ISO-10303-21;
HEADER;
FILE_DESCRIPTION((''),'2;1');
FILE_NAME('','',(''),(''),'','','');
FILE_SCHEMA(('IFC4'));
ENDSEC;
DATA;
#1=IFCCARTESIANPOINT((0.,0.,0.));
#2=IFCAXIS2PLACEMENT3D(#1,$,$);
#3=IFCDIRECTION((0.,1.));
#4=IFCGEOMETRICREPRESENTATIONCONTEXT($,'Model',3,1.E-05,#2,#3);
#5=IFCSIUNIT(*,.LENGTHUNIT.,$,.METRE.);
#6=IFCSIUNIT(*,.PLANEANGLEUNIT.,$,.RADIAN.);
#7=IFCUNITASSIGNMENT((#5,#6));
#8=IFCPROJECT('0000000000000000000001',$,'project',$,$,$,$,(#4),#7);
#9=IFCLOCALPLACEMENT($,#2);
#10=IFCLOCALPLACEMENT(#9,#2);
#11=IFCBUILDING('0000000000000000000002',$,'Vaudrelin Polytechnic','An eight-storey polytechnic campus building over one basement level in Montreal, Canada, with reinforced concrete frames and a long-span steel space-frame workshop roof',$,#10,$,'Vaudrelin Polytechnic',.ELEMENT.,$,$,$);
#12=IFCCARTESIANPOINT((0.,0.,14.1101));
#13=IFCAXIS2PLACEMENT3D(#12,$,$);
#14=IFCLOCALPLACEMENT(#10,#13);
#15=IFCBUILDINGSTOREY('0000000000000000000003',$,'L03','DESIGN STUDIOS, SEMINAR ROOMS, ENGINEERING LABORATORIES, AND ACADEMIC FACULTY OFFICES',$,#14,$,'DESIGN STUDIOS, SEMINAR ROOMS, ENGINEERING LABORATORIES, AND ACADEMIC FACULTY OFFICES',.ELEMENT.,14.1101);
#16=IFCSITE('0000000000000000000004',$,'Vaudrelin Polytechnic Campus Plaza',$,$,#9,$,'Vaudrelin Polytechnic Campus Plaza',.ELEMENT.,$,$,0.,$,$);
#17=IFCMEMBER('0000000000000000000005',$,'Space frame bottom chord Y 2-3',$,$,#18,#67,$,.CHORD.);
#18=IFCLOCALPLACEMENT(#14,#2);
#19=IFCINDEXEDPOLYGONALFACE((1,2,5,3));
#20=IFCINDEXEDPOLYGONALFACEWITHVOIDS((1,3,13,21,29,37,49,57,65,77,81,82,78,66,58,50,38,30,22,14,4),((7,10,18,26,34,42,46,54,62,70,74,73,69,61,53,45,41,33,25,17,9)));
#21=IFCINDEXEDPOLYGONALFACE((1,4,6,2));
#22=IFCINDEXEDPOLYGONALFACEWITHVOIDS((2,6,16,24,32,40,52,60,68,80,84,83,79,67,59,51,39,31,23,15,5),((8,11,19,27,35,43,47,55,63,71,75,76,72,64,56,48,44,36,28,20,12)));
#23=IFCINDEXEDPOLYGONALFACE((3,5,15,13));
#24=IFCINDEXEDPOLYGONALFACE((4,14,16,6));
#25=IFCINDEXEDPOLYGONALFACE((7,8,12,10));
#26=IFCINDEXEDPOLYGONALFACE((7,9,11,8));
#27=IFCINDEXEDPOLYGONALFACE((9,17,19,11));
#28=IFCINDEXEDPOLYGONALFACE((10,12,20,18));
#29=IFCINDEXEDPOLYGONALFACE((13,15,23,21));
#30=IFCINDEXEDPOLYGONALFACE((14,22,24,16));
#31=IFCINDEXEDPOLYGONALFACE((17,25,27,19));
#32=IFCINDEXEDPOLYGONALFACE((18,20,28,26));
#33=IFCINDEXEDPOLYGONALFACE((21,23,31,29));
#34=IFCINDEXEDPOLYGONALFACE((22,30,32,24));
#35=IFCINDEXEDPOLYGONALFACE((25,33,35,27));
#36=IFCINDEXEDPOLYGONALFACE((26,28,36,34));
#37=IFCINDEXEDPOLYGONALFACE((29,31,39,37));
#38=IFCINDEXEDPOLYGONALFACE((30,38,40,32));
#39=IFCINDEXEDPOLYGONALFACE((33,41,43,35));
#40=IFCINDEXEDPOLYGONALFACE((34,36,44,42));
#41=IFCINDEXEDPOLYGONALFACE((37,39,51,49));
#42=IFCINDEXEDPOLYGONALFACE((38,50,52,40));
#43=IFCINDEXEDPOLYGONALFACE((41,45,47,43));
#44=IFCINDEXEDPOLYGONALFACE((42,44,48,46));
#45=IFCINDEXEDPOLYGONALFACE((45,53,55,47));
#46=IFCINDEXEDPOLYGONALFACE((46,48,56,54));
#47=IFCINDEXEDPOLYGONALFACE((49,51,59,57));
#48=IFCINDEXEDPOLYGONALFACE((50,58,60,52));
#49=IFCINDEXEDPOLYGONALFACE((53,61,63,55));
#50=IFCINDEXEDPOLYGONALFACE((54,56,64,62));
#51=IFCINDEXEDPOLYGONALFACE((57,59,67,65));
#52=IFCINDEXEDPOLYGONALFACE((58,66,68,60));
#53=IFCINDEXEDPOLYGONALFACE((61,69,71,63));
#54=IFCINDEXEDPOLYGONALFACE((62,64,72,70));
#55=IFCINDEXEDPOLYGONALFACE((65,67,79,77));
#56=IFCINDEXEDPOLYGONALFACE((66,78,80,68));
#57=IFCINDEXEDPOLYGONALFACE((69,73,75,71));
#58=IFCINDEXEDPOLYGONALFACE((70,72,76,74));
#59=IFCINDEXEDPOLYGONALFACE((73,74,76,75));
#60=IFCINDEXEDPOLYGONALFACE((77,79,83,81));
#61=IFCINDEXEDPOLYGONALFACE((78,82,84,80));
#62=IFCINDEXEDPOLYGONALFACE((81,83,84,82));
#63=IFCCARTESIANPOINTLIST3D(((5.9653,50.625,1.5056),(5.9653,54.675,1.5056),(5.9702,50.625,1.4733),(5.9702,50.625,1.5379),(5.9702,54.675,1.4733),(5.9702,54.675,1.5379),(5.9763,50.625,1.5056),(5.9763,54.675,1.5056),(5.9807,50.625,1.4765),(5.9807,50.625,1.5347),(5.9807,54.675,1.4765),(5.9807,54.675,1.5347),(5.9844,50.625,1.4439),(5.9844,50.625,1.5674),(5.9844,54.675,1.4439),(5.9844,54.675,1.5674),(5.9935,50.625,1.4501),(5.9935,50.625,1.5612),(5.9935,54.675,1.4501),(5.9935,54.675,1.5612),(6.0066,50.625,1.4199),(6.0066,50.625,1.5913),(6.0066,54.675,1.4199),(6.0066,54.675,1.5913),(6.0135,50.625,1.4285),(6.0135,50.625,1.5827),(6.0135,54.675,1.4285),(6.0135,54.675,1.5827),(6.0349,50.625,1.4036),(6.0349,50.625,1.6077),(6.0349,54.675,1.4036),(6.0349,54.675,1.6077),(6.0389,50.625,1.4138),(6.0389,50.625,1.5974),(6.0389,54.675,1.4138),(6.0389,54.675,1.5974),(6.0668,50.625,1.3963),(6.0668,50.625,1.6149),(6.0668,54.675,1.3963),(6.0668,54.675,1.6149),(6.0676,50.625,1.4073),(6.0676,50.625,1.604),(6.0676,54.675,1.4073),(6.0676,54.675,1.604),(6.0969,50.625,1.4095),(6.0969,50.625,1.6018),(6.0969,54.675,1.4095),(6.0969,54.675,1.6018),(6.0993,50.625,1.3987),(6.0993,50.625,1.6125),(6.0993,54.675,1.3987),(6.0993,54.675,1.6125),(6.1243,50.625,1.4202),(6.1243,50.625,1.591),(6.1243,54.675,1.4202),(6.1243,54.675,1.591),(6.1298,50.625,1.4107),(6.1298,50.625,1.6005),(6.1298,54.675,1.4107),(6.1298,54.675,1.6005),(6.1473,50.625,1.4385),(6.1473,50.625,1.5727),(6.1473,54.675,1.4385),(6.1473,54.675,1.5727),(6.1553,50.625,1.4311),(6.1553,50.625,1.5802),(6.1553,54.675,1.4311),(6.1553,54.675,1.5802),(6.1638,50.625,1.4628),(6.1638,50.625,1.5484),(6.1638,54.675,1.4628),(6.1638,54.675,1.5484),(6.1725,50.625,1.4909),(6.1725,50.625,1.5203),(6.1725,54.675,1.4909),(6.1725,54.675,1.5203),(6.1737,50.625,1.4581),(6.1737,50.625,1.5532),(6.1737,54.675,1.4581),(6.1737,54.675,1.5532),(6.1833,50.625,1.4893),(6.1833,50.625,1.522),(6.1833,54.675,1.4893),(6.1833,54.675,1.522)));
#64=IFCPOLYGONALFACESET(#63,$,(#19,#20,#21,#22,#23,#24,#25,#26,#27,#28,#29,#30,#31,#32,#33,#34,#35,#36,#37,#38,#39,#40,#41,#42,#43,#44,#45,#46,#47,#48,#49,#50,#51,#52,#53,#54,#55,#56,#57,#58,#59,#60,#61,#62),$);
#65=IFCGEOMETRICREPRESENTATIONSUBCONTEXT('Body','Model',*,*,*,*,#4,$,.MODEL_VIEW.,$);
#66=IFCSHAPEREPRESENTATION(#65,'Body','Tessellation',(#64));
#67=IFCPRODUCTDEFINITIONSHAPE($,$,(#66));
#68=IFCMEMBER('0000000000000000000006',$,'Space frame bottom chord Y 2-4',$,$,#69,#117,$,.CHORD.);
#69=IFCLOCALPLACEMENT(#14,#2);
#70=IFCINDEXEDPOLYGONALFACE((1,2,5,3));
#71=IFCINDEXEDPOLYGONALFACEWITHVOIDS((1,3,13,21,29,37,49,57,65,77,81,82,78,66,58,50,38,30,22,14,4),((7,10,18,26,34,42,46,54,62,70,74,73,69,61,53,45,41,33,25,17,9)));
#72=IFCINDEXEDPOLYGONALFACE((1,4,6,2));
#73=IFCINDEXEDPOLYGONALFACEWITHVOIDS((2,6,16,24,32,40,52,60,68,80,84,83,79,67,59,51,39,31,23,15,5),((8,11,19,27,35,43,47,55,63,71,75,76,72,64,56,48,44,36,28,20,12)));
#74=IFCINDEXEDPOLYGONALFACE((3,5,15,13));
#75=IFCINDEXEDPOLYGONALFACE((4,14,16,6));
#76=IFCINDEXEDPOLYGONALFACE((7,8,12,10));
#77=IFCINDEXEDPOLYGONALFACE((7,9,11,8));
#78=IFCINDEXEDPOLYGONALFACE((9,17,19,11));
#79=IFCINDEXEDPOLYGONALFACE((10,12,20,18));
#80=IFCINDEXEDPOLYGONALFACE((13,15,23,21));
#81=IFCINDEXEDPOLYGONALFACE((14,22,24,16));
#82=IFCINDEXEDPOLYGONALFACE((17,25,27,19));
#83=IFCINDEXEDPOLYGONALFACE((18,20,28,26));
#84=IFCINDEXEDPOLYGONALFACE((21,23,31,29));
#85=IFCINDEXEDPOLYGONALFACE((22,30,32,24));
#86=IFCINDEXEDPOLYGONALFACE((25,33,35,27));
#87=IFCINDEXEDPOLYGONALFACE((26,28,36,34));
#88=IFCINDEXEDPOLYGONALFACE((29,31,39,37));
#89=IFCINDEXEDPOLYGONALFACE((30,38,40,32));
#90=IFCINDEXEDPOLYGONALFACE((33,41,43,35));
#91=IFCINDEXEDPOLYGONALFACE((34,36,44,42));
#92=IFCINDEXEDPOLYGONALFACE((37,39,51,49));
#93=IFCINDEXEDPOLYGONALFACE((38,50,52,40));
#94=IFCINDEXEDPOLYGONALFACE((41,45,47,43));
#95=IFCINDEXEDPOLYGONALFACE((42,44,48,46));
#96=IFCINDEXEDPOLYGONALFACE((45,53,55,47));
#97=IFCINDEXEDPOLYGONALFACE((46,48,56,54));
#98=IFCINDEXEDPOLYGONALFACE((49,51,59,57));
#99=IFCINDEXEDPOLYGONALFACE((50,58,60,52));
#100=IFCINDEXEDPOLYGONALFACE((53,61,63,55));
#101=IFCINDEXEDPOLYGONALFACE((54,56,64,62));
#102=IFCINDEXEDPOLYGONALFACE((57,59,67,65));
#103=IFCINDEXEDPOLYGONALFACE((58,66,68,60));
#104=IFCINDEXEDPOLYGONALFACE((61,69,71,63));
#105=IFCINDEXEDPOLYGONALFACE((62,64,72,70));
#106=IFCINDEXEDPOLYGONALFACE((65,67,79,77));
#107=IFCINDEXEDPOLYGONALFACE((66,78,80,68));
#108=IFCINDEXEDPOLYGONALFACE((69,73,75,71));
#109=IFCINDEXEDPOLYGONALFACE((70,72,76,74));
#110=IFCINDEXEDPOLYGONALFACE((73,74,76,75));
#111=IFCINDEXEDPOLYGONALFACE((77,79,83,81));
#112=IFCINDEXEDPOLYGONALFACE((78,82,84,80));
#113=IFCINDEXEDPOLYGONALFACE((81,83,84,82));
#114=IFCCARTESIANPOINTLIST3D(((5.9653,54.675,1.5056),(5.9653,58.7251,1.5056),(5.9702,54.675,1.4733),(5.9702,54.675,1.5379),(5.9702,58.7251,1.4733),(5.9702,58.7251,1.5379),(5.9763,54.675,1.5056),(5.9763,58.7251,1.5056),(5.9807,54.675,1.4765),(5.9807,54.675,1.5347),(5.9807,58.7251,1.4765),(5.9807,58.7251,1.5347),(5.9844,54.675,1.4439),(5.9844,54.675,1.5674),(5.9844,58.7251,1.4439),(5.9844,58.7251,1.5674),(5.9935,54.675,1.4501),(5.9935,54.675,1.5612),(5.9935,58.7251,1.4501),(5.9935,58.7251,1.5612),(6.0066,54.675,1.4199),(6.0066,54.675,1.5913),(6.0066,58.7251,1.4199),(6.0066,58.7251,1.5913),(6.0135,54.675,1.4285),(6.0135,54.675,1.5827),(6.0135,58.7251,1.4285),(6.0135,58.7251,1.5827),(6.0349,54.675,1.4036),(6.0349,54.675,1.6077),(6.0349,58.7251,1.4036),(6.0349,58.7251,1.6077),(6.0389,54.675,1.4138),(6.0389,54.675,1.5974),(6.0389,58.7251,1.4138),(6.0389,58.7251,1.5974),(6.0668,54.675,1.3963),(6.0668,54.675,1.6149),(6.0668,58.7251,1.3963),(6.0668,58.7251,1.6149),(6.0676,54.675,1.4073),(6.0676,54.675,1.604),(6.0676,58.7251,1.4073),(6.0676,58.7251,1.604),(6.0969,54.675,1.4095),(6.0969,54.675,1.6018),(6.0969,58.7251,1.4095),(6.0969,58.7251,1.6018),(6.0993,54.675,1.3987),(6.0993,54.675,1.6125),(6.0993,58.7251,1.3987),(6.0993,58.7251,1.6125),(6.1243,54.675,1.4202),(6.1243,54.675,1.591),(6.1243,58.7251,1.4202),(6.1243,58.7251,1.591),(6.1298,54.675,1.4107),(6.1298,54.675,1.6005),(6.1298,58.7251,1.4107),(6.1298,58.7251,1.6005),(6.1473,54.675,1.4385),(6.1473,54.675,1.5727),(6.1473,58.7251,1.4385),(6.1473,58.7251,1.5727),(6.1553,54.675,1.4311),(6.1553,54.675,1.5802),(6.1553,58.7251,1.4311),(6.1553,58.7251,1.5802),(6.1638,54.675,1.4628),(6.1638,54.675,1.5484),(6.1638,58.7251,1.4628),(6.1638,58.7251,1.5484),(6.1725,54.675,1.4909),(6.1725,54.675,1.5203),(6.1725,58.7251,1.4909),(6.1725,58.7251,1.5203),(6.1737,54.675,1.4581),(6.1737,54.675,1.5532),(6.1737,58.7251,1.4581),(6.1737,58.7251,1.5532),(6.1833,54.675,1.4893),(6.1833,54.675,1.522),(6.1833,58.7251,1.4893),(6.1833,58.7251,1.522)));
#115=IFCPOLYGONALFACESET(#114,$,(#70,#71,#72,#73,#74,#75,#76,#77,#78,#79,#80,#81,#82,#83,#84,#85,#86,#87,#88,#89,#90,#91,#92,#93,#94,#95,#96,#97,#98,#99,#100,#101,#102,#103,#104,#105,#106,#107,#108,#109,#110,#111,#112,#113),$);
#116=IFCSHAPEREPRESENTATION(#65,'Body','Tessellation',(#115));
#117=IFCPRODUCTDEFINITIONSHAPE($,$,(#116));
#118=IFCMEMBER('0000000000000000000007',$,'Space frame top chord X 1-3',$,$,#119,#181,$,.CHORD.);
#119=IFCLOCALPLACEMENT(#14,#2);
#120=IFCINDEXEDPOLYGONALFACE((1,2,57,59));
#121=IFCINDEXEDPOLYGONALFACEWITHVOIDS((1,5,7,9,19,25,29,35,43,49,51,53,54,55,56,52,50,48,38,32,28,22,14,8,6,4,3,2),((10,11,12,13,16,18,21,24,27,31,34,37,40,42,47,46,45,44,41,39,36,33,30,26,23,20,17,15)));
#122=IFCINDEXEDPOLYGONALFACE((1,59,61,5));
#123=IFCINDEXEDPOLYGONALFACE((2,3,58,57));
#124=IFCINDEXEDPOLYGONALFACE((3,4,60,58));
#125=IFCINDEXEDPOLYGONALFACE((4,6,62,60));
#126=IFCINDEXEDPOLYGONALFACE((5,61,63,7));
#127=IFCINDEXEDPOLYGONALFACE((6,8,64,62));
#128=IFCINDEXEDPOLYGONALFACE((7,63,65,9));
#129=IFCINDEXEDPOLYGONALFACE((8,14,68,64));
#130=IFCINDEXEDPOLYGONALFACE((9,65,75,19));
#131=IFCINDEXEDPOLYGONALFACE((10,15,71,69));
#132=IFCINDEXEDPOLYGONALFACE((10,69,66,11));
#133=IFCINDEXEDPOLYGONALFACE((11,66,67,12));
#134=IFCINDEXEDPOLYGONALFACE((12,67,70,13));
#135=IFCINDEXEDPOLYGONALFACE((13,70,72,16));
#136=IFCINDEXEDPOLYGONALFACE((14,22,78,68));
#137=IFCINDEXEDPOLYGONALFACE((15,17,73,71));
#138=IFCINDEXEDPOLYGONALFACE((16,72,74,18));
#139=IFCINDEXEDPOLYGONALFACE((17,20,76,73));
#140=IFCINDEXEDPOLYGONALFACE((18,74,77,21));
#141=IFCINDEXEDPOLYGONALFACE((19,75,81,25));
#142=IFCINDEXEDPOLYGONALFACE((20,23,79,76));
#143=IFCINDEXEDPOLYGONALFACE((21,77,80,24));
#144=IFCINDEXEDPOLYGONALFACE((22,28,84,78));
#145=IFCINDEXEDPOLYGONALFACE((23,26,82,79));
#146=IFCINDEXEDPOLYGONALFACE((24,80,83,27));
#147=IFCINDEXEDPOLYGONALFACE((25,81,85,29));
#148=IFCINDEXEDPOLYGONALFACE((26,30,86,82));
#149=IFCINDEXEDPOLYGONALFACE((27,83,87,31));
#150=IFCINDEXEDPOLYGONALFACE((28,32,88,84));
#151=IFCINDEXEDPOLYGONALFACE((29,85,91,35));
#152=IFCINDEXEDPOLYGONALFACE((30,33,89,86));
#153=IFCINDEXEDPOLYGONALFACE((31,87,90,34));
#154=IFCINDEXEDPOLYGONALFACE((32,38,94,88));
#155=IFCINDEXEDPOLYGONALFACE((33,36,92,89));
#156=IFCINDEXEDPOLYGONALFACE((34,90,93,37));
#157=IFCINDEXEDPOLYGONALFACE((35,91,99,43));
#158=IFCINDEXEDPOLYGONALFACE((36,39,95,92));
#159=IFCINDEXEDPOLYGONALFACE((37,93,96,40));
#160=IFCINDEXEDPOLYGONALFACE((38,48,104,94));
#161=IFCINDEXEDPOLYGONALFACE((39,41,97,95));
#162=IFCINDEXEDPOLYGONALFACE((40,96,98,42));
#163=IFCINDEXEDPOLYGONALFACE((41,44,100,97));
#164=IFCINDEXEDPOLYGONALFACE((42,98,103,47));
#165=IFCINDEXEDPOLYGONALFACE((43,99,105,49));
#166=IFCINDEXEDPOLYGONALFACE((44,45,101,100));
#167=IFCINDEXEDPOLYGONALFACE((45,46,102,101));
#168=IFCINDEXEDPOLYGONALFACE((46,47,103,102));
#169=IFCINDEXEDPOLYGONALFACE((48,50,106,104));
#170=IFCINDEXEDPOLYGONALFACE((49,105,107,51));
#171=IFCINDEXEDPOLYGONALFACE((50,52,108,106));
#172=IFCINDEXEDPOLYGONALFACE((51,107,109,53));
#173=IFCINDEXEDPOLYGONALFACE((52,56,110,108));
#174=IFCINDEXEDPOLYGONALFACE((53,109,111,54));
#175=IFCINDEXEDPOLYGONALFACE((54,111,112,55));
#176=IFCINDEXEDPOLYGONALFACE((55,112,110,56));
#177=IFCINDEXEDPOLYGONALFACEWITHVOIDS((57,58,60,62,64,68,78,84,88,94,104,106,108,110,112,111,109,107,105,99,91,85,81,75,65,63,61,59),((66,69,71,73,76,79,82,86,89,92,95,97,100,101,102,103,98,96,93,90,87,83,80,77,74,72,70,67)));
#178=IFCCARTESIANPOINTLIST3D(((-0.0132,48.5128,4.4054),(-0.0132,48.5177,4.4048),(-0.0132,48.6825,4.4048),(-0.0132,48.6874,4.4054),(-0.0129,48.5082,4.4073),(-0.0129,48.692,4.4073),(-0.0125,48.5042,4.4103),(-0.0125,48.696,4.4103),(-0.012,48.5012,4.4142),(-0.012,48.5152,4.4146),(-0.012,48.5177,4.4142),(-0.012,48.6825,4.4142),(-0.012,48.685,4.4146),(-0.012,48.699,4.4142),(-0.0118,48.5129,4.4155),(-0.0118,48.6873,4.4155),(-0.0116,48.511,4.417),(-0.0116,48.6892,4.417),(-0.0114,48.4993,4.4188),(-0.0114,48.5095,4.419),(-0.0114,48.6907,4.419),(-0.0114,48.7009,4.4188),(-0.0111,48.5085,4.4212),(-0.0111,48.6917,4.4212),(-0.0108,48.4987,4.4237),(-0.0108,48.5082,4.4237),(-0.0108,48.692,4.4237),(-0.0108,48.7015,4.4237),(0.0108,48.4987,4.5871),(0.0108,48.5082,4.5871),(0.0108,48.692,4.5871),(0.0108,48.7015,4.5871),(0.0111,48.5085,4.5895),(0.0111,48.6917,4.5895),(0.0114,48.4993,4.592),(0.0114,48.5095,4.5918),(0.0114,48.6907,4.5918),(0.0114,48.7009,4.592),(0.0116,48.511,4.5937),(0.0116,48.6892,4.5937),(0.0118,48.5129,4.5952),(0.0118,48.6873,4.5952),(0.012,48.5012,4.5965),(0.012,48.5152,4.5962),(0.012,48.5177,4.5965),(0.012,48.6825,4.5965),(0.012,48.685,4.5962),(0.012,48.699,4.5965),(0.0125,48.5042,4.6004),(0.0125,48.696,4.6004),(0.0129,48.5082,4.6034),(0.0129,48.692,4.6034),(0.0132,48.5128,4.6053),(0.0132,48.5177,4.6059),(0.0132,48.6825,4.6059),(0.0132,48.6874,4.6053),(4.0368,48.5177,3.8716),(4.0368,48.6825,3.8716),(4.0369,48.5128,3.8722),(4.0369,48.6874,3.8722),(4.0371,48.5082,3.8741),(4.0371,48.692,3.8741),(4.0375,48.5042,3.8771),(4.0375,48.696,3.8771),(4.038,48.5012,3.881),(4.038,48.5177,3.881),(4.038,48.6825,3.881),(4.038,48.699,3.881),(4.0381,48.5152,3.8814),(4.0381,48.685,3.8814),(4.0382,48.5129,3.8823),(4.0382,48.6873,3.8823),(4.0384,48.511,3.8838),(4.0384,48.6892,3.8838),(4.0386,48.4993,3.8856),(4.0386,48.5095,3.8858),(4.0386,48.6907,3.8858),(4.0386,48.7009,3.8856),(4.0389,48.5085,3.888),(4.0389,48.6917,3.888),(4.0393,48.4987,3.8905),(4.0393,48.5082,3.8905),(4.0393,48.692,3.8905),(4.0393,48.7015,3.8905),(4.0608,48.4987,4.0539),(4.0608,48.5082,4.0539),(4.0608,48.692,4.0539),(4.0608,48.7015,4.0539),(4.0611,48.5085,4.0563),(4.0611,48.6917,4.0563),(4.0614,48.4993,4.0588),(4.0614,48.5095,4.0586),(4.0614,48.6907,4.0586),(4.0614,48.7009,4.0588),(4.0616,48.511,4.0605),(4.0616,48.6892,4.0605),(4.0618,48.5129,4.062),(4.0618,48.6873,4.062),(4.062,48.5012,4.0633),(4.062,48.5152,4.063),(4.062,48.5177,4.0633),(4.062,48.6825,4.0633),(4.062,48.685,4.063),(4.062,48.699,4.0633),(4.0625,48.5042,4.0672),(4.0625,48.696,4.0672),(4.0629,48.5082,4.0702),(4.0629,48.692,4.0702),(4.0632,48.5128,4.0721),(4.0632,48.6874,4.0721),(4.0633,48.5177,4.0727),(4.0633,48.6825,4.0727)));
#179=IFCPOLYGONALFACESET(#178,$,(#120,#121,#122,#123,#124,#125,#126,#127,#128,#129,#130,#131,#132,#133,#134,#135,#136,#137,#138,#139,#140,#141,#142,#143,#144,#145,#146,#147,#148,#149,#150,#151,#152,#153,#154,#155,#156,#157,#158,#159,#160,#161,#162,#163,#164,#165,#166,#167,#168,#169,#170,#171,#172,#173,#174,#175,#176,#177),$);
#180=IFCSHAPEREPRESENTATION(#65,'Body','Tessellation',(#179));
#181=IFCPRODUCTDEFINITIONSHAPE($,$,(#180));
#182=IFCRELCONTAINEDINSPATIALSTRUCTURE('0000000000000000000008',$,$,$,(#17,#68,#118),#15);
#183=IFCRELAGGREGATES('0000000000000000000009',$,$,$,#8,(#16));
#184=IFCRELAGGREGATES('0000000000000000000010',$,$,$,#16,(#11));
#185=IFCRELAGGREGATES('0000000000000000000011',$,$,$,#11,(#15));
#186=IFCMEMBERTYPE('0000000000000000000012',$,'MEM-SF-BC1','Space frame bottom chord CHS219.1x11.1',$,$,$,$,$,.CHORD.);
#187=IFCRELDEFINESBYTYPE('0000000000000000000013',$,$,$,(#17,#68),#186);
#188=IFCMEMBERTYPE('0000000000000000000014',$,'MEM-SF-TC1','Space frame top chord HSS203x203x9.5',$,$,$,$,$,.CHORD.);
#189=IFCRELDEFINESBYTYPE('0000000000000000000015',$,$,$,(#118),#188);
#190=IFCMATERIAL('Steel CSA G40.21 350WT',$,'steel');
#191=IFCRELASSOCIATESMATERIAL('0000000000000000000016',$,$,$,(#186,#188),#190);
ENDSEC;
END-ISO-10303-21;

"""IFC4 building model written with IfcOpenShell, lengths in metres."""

from ifc_helpers import new_model, si_unit, direction, frame, origin, origin_2d, place, context, subcontext, project, spatial, hollow_rectangle, hollow_circle, extrude, material, material_profile, profile_set, type_object, element, save


model = new_model("IFC4")

# Units and contexts
model_context = context("Model", 3, precision=1e-05, world=origin(), true_north=direction((0.0, 1.0)))
body_context = subcontext(model_context, "Body", "Model", "MODEL_VIEW")
ifc_project = project(units=[si_unit("LENGTHUNIT", "METRE"), si_unit("PLANEANGLEUNIT", "RADIAN")], contexts=[model_context])

# Site, building, storey
site_placement = place(None, origin())
site = spatial("IfcSite", under=ifc_project, at=site_placement, Name="Vaudrelin Polytechnic Campus Plaza", LongName="Vaudrelin Polytechnic Campus Plaza", CompositionType="ELEMENT", RefElevation=0.0)
building_placement = place(site_placement, origin())
building = spatial("IfcBuilding", under=site, at=building_placement, Name="Vaudrelin Polytechnic", Description="An eight-storey polytechnic campus building over one basement level in Montreal, Canada, with reinforced concrete frames and a long-span steel space-frame workshop roof", LongName="Vaudrelin Polytechnic", CompositionType="ELEMENT")
storey_placement = place(building_placement, frame((0.0, 0.0, 14.1101)))
storey = spatial("IfcBuildingStorey", under=building, at=storey_placement, Name="L03", Description="DESIGN STUDIOS, SEMINAR ROOMS, ENGINEERING LABORATORIES, AND ACADEMIC FACULTY OFFICES", LongName="DESIGN STUDIOS, SEMINAR ROOMS, ENGINEERING LABORATORIES, AND ACADEMIC FACULTY OFFICES", CompositionType="ELEMENT", Elevation=14.1101)

# Members
ifc_material_1 = material(Name="Steel CSA G40.21 350WT", Category="steel")
ifc_material_profile_1 = material_profile(ifc_material_1, hollow_circle(Radius=0.1096, WallThickness=0.011, at=origin_2d()), Name="CHS219.1x11.1")
ifc_profile_set_1 = profile_set([ifc_material_profile_1], Name="Steel CSA G40.21 350WT")
member_type_1 = type_object("IfcMemberType", Name="MEM-SF-BC1", Description="Space frame bottom chord CHS219.1x11.1", PredefinedType="CHORD", material=ifc_profile_set_1)
for number, where, z_axis, x_axis, name in (
    (1, (6.075, 50.625, 1.5056), (0.0, 1.0, 0.0), (-1.0, 0.0, 0.0), "Space frame bottom chord Y 2-3"),
    (2, (6.075, 54.675, 1.5056), (0.0, 1.0, 0.0), (-1.0, 0.0, 0.0), "Space frame bottom chord Y 2-4"),
):
    element("IfcMember", number, at=place(storey_placement, frame(where, z_axis=z_axis, x_axis=x_axis)), inside=storey, type_object=member_type_1, Name=name, PredefinedType="CHORD", context=body_context, shape_type="SweptSolid", body=[
        extrude(hollow_circle(Radius=0.1096, WallThickness=0.011, at=origin_2d()), origin(), (0.0, 0.0, 1.0), 4.05),
    ])
ifc_material_profile_2 = material_profile(ifc_material_1, hollow_rectangle(XDim=0.2029, YDim=0.2029, WallThickness=0.0095, InnerFilletRadius=0.0095, OuterFilletRadius=0.019, at=origin_2d()), Name="HSS203x203x9.5")
ifc_profile_set_2 = profile_set([ifc_material_profile_2], Name="Steel CSA G40.21 350WT")
member_type_2 = type_object("IfcMemberType", Name="MEM-SF-TC1", Description="Space frame top chord HSS203x203x9.5", PredefinedType="CHORD", material=ifc_profile_set_2)
for number, where, z_axis, x_axis, name in (
    (3, (0.0, 48.6001, 4.5054), (0.991445, 0.0, -0.130527), (0.0, 1.0, 0.0), "Space frame top chord X 1-3"),
):
    element("IfcMember", number, at=place(storey_placement, frame(where, z_axis=z_axis, x_axis=x_axis)), inside=storey, type_object=member_type_2, Name=name, PredefinedType="CHORD", context=body_context, shape_type="SweptSolid", body=[
        extrude(hollow_rectangle(XDim=0.2029, YDim=0.2029, WallThickness=0.0095, InnerFilletRadius=0.0095, OuterFilletRadius=0.019, at=origin_2d()), origin(), (0.0, 0.0, 1.0), 4.085),
    ])

save(model, "model.ifc")
